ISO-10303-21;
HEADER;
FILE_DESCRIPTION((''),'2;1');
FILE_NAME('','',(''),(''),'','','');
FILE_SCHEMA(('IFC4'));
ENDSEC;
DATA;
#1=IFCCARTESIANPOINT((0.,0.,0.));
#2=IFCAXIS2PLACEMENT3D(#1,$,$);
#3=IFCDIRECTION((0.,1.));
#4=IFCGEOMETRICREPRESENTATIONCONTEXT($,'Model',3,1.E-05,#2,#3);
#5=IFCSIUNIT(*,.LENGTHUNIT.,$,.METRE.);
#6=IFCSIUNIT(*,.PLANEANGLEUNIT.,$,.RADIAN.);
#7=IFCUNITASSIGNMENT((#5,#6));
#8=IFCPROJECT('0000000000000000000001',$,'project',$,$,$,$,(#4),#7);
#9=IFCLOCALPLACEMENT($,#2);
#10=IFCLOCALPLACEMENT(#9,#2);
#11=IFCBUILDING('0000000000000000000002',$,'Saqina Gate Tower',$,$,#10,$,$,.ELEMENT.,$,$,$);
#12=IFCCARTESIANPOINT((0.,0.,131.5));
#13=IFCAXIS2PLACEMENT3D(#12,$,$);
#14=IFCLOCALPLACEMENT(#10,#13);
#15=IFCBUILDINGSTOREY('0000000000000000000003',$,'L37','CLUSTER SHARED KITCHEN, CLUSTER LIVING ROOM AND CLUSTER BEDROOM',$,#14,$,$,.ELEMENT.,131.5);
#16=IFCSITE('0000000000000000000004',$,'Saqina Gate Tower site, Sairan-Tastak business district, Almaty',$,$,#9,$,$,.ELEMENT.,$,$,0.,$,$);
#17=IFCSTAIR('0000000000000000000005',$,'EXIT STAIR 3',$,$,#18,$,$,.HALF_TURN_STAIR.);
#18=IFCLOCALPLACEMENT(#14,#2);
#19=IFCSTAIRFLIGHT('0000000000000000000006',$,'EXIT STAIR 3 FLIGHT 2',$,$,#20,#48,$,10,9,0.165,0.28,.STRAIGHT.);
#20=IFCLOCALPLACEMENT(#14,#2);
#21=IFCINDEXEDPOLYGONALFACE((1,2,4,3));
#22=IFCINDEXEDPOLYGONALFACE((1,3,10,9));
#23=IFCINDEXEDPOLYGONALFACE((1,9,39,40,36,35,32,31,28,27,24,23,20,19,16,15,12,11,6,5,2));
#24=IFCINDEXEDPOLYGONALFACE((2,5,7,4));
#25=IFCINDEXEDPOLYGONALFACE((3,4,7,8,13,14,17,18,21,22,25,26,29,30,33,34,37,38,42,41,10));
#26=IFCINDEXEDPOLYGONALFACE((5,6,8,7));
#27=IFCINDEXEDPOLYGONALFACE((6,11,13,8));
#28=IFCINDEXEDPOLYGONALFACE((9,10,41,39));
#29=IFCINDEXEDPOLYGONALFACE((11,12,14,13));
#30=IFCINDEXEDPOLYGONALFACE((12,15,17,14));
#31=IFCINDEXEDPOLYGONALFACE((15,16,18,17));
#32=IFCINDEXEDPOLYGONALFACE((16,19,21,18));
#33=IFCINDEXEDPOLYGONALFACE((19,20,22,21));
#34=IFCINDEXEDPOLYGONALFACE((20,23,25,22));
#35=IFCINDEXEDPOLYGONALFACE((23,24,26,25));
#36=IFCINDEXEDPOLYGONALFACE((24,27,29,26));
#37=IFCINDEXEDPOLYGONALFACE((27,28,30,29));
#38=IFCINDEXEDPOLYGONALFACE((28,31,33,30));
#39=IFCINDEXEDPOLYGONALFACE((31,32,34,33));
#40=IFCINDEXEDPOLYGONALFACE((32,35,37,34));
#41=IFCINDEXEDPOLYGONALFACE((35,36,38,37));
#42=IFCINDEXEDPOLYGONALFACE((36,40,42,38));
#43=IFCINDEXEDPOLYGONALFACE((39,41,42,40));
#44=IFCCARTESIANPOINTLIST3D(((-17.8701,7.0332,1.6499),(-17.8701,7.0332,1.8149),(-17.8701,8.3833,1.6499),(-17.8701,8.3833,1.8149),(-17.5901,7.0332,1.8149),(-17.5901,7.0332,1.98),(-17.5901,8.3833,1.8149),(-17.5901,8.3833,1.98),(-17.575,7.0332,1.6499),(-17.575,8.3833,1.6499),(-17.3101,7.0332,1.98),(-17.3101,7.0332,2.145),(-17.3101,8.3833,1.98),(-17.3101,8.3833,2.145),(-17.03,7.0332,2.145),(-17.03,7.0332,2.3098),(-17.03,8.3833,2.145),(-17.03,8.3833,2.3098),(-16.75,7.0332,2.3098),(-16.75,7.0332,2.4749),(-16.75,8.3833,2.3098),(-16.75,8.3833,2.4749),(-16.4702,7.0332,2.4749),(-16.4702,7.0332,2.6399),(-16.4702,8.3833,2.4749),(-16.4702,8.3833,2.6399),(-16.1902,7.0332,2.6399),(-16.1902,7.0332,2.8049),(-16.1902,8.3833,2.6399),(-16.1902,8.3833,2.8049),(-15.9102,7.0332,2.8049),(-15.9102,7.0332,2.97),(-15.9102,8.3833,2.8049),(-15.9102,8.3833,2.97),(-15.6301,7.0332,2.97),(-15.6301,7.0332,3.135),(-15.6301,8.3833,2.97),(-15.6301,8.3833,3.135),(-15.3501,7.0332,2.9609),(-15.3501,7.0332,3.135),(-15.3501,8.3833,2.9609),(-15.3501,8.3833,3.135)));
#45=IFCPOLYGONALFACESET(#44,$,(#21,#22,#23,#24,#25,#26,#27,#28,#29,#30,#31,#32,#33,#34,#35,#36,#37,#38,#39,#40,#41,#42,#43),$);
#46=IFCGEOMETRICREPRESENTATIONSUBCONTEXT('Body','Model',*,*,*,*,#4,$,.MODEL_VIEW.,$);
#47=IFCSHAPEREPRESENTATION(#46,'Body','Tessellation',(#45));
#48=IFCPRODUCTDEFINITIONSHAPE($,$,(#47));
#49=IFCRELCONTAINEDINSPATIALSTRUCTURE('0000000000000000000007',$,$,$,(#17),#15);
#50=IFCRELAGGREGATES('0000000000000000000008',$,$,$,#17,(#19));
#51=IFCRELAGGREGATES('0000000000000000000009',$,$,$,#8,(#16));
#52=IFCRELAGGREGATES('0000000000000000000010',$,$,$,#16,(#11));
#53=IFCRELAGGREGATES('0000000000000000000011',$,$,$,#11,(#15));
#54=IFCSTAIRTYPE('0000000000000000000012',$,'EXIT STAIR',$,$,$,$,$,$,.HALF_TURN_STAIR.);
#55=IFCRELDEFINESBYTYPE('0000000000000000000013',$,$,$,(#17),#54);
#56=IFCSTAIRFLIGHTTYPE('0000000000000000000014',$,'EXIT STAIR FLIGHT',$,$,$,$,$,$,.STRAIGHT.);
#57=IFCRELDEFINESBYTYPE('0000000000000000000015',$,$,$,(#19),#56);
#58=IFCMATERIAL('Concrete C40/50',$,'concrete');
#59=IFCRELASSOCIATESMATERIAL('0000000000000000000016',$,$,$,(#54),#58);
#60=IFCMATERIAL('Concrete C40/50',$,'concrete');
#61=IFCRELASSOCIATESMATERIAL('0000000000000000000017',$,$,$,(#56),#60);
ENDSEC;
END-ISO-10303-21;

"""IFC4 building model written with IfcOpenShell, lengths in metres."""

from ifc_helpers import new_model, si_unit, direction, frame, origin, place, context, subcontext, project, spatial, polyline, outline, extrude, material, type_object, element, aggregate, save


model = new_model("IFC4")

# Units and contexts
model_context = context("Model", 3, precision=1e-05, world=origin(), true_north=direction((0.0, 1.0)))
body_context = subcontext(model_context, "Body", "Model", "MODEL_VIEW")
ifc_project = project(units=[si_unit("LENGTHUNIT", "METRE"), si_unit("PLANEANGLEUNIT", "RADIAN")], contexts=[model_context])

# Site, building, storey
site_placement = place(None, origin())
site = spatial("IfcSite", under=ifc_project, at=site_placement, Name="Saqina Gate Tower site, Sairan-Tastak business district, Almaty", CompositionType="ELEMENT", RefElevation=0.0)
building_placement = place(site_placement, origin())
building = spatial("IfcBuilding", under=site, at=building_placement, Name="Saqina Gate Tower", CompositionType="ELEMENT")
storey_placement = place(building_placement, frame((0.0, 0.0, 131.5)))
storey = spatial("IfcBuildingStorey", under=building, at=storey_placement, Name="L37", Description="CLUSTER SHARED KITCHEN, CLUSTER LIVING ROOM AND CLUSTER BEDROOM", CompositionType="ELEMENT", Elevation=131.5)

# Stair, stair flight
ifc_material_1 = material(Name="Concrete C40/50", Category="concrete")
stair_type = type_object("IfcStairType", Name="EXIT STAIR", PredefinedType="HALF_TURN_STAIR", material=ifc_material_1)
stair_placement = place(storey_placement, origin())
stair = element("IfcStair", 1, at=stair_placement, inside=storey, type_object=stair_type, Name="EXIT STAIR 3", PredefinedType="HALF_TURN_STAIR")
ifc_material_2 = material(Name="Concrete C40/50", Category="concrete")
stair_flight_type = type_object("IfcStairFlightType", Name="EXIT STAIR FLIGHT", PredefinedType="STRAIGHT", material=ifc_material_2)
stair_flight_1_placement = place(storey_placement, frame((-17.8701, 7.7083, 1.6499), z_axis=(0.0, 0.0, 1.0), x_axis=(1.0, 0.0, 0.0)))
stair_flight_1 = element("IfcStairFlight", 2, at=stair_flight_1_placement, type_object=stair_flight_type, Name="EXIT STAIR 3 FLIGHT 2", NumberOfRisers=10, NumberOfTreads=9, PredefinedType="STRAIGHT", RiserHeight=0.165, TreadLength=0.28, context=body_context, shape_type="SweptSolid", body=[
    extrude(outline(polyline([(0.0, 0.0), (0.0, 0.165), (0.28, 0.165), (0.28, 0.3301), (0.5601, 0.3301), (0.5601, 0.4951), (0.8401, 0.4951), (0.8401, 0.6599), (1.1201, 0.6599), (1.1201, 0.825), (1.3999, 0.825), (1.3999, 0.99), (1.6799, 0.99), (1.6799, 1.155), (1.96, 1.155), (1.96, 1.3201), (2.24, 1.3201), (2.24, 1.4851), (2.52, 1.4851), (2.52, 1.6499), (2.52, 1.311), (0.2952, 0.0), (0.0, 0.0)])), frame((0.0, 0.675, 0.0), z_axis=(0.0, -1.0, 0.0), x_axis=(1.0, 0.0, 0.0)), (0.0, 0.0, 1.0), 1.3501),
])
aggregate(stair, [stair_flight_1])

save(model, "model.ifc")
